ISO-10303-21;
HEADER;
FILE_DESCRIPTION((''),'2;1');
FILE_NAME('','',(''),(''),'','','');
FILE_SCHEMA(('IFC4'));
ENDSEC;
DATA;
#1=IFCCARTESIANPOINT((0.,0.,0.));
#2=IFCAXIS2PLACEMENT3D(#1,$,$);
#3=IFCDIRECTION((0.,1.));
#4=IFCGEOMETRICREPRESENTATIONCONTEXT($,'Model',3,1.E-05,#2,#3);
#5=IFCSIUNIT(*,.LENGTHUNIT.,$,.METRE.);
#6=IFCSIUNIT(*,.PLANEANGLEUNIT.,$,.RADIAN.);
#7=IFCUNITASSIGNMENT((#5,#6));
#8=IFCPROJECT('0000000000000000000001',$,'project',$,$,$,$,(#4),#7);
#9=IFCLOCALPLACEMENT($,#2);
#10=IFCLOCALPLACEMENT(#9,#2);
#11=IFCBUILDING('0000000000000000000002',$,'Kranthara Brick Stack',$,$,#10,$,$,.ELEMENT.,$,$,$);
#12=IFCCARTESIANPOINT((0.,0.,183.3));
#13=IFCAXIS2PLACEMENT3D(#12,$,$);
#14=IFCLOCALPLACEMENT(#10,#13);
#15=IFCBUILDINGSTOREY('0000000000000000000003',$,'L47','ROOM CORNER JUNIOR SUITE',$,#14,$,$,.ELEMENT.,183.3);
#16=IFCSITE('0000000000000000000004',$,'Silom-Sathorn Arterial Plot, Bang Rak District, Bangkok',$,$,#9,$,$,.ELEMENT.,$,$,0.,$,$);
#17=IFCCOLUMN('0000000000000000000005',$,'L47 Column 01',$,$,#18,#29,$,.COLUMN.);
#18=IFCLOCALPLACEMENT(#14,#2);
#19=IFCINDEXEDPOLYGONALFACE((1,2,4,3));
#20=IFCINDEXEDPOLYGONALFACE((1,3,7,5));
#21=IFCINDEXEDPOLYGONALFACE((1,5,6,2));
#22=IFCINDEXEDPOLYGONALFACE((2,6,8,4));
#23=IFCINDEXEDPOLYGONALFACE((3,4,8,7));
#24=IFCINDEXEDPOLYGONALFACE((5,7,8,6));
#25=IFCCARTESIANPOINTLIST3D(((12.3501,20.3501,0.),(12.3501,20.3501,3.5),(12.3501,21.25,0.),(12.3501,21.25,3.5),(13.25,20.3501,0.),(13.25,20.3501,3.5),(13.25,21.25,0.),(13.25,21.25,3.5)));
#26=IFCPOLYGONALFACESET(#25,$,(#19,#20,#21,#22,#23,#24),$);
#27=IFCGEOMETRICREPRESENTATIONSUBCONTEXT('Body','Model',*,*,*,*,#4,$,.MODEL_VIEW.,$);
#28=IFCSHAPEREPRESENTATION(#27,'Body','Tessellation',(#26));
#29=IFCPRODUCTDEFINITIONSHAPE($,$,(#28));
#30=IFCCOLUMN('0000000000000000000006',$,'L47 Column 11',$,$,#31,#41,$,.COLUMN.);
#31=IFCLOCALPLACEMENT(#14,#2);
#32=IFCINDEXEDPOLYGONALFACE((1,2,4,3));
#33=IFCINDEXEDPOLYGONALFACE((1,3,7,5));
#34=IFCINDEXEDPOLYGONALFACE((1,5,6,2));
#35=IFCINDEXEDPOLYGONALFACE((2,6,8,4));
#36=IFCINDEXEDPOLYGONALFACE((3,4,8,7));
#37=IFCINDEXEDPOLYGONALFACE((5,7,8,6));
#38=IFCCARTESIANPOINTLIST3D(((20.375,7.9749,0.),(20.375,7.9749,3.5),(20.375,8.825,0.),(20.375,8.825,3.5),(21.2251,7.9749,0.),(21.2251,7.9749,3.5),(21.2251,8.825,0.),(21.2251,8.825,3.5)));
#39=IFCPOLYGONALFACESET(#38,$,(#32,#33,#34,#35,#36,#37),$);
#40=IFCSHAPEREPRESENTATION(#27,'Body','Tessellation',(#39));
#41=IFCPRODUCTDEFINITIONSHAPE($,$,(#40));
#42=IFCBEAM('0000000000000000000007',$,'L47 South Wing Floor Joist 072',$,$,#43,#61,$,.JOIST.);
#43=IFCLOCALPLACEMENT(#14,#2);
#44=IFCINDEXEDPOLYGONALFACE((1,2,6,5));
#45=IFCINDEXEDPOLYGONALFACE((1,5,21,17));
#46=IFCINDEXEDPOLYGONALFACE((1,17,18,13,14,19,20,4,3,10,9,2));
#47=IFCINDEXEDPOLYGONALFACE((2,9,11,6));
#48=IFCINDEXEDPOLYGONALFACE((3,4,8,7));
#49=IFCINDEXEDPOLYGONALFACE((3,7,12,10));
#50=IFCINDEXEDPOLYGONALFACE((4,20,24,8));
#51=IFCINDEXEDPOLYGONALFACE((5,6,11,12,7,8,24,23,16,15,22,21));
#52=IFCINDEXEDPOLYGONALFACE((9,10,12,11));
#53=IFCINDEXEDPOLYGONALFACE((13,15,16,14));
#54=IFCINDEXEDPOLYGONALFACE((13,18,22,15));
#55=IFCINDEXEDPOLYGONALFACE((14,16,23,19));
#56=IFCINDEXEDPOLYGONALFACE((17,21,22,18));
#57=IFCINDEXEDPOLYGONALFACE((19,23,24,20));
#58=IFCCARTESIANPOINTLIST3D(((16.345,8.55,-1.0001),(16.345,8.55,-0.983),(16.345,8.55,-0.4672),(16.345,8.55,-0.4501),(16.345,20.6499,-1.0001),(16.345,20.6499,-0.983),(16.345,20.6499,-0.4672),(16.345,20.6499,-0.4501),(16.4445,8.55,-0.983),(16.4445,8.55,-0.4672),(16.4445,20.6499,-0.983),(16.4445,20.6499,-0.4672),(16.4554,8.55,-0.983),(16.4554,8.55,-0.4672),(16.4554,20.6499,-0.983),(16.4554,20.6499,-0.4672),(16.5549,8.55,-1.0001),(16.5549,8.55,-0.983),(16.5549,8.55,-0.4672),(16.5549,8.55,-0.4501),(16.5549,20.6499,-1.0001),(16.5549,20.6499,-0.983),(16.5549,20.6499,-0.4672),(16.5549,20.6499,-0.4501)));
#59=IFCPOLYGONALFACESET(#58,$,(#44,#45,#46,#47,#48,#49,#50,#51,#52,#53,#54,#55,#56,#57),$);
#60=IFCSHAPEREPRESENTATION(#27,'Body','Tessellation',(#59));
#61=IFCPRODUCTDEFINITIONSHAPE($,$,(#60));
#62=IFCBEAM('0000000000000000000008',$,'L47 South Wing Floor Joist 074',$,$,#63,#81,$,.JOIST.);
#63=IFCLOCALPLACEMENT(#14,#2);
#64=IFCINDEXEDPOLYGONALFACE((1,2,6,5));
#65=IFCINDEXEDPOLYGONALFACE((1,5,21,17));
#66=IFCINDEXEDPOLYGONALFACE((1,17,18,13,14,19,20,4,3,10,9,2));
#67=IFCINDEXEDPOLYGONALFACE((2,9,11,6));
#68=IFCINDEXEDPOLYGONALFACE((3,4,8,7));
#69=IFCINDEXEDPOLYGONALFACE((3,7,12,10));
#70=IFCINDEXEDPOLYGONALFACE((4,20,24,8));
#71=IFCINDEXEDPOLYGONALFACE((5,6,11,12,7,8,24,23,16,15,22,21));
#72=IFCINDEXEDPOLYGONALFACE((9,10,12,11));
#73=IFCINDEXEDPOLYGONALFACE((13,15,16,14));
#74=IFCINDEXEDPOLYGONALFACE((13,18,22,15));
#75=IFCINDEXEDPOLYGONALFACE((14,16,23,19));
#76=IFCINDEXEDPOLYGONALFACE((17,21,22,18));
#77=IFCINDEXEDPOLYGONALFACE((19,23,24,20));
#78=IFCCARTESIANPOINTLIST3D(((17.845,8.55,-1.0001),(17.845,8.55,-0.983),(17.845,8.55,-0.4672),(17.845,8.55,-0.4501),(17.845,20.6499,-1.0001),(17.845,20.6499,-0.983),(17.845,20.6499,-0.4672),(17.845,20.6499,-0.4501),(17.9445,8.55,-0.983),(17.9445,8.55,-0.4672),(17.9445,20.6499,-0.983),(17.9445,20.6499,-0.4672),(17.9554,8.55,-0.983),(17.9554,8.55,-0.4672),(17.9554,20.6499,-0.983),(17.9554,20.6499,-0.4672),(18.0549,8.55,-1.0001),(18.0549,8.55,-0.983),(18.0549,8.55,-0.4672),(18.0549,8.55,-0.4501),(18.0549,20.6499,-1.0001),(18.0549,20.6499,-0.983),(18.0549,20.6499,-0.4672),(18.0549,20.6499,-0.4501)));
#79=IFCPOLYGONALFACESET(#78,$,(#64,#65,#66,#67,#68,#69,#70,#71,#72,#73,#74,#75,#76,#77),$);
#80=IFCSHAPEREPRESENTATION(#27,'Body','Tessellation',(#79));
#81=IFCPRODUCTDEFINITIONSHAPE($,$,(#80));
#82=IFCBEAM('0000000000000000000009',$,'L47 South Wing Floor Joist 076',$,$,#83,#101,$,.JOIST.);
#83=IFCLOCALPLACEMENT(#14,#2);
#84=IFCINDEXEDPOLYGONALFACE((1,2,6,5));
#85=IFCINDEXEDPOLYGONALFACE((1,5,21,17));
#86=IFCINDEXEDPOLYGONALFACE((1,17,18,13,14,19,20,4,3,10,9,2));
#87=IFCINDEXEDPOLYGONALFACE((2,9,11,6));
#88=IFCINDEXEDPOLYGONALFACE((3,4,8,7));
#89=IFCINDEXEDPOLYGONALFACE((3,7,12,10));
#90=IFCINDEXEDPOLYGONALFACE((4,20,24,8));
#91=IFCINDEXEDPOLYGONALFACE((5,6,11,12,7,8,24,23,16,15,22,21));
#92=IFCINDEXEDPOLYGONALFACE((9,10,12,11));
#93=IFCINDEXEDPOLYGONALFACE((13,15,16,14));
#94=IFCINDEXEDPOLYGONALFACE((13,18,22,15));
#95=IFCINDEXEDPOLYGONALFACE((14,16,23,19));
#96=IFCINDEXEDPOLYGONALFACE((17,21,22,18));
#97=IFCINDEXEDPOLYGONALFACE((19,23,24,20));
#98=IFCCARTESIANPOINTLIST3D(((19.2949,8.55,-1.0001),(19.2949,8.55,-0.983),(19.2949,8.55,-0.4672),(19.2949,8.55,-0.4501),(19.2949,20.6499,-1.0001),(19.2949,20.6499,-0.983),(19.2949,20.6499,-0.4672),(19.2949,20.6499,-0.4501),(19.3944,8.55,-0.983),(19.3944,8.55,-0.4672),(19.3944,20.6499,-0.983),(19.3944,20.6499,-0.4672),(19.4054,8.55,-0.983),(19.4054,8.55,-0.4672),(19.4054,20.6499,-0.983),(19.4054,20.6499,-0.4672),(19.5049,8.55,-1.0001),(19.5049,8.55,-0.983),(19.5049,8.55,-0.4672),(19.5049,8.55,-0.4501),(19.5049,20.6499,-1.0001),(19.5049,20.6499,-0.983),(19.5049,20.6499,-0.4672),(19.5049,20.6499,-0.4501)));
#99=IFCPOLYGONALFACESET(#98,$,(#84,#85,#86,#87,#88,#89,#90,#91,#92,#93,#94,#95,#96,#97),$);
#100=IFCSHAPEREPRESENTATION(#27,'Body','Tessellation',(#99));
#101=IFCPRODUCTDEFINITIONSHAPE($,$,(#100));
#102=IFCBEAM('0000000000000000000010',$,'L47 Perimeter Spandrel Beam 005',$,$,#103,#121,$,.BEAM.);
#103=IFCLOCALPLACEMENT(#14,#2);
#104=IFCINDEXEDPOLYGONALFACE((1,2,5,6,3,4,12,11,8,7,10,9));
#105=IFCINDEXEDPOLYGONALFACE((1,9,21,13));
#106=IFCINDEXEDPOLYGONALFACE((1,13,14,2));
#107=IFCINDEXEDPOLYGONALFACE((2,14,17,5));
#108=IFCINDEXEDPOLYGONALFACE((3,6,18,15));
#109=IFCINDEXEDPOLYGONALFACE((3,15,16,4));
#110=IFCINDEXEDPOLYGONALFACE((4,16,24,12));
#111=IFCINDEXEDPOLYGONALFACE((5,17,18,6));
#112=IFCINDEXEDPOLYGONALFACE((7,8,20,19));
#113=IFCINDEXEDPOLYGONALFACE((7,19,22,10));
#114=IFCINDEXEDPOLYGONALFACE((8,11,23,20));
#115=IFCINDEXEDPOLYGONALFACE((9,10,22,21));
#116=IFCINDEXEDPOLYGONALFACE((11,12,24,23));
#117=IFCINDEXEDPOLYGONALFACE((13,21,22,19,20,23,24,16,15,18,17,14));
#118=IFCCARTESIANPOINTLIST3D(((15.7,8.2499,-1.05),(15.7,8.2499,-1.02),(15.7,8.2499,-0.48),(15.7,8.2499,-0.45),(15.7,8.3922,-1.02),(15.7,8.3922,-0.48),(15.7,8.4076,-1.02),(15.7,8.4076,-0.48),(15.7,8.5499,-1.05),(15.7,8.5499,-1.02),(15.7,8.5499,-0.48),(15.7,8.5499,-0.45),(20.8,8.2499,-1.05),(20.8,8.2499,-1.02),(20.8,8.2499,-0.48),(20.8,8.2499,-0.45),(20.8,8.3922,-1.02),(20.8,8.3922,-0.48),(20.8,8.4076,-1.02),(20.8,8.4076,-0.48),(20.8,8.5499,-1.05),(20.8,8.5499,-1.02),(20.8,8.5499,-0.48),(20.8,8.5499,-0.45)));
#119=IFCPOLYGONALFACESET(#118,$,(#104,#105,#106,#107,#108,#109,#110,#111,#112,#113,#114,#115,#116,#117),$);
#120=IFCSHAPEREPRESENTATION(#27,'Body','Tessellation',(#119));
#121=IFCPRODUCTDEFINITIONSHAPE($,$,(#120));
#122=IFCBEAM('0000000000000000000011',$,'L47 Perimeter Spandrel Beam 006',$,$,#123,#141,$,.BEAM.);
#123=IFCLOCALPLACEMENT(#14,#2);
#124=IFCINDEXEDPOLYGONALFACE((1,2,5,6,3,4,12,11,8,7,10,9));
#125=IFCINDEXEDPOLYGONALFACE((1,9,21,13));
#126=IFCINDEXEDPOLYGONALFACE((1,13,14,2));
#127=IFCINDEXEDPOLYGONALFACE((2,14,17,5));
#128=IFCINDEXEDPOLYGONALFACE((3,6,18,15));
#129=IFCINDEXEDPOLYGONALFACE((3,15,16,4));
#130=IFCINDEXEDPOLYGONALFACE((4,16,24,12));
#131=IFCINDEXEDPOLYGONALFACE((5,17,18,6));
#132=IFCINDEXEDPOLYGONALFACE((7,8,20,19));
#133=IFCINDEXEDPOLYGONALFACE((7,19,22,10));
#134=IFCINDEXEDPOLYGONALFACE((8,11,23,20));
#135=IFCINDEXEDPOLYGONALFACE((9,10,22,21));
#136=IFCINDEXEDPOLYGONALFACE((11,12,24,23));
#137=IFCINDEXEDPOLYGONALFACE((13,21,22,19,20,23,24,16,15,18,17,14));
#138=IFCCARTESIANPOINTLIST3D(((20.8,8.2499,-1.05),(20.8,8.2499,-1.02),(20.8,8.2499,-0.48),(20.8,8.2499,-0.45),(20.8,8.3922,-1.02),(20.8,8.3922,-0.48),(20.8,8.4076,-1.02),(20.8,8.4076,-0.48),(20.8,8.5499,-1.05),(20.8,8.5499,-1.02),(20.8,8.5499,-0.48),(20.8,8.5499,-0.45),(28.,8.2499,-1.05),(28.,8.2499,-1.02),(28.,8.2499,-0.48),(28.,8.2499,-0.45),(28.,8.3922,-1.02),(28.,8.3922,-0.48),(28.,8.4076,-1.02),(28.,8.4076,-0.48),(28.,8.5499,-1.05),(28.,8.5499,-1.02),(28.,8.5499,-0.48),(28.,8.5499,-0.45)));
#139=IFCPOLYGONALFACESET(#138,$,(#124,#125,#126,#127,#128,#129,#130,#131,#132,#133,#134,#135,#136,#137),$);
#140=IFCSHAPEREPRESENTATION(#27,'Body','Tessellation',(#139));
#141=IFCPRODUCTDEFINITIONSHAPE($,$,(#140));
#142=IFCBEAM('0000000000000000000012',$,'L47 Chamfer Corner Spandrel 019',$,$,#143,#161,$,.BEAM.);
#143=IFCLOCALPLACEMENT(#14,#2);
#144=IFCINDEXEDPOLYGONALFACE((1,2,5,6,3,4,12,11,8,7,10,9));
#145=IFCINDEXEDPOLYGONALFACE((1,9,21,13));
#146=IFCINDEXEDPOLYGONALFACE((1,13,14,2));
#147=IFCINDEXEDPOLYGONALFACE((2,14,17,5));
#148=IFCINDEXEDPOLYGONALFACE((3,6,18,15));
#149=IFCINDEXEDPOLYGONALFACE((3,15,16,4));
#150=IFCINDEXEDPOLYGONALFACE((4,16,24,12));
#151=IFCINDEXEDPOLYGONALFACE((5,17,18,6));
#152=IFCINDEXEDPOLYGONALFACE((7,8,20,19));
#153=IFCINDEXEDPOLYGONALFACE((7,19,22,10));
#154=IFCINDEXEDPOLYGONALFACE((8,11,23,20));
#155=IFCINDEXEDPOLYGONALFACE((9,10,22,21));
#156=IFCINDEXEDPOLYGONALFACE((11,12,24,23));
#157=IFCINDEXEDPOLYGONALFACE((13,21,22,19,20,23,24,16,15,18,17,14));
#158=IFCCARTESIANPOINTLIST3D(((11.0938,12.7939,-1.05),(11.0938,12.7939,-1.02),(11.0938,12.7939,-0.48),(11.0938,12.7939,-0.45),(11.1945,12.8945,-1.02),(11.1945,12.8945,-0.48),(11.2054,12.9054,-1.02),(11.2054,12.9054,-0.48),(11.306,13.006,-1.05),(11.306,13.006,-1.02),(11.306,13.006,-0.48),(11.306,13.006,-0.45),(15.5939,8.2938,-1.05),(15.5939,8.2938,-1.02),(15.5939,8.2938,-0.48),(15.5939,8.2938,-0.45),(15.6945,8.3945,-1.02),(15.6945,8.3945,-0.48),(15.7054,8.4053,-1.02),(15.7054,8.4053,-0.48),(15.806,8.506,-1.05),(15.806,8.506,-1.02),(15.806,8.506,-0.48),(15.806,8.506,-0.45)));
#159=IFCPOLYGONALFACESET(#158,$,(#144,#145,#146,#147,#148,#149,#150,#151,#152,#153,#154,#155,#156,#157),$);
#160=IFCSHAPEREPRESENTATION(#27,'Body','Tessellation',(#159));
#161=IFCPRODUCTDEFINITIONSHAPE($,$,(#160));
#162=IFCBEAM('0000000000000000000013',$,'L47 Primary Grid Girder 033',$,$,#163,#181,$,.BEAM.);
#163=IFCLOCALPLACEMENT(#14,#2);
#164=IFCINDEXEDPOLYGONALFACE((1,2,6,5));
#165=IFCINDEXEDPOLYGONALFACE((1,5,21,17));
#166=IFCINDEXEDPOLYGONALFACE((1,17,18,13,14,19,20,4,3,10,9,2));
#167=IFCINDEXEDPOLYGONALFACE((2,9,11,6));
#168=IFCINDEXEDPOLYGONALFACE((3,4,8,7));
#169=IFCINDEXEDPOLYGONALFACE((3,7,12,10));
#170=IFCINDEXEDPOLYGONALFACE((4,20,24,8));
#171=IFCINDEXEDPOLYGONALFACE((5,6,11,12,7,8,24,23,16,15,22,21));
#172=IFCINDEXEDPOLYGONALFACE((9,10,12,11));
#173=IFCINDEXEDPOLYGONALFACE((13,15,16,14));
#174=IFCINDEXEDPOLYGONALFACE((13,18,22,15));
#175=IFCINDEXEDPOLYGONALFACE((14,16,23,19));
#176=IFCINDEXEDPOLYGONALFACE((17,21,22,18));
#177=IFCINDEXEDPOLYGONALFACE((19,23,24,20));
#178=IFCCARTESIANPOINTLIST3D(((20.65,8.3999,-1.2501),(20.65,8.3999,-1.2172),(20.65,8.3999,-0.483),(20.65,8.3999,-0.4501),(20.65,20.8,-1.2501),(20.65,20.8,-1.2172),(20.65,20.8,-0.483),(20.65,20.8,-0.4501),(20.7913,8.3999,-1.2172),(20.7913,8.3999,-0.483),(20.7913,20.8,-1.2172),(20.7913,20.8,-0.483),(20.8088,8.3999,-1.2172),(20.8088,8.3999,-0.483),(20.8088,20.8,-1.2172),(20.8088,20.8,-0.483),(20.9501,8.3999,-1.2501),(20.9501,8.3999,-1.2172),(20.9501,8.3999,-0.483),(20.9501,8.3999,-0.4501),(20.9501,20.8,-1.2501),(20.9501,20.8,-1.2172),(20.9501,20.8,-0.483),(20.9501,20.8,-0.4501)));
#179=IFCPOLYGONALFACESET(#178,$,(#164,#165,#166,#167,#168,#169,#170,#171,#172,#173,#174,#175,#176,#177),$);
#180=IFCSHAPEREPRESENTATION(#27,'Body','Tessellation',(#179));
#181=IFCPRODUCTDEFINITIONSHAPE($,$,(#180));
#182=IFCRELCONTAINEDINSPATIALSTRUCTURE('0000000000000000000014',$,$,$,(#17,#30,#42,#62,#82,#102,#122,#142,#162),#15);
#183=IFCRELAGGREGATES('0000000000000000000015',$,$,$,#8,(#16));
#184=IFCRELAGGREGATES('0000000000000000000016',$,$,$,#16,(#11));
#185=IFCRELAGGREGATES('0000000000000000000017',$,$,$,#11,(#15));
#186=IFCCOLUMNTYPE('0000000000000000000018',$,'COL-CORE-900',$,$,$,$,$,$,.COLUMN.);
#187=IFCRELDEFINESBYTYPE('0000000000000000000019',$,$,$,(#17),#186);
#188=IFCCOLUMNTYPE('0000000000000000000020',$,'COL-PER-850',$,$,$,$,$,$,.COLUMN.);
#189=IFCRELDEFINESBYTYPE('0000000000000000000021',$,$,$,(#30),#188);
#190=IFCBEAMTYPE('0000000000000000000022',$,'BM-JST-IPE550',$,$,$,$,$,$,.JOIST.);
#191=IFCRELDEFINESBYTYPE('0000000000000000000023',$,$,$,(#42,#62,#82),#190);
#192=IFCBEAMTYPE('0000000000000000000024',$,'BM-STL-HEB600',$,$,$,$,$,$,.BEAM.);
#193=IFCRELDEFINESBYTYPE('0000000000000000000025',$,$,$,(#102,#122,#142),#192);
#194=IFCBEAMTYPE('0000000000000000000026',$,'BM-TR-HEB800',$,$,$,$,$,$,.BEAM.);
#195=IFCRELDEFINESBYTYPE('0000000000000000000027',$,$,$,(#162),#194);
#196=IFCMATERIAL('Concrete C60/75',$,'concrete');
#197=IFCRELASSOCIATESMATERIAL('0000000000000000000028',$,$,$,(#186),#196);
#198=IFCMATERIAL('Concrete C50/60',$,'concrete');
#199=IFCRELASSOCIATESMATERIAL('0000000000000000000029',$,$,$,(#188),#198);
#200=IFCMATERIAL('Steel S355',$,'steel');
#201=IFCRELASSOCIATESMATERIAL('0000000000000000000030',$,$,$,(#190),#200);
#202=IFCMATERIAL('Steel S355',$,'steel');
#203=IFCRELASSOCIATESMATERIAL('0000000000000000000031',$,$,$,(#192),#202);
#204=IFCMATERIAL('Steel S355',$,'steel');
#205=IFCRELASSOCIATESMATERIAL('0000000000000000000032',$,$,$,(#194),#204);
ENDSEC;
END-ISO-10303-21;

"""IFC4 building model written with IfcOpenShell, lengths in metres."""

from ifc_helpers import new_model, si_unit, direction, frame, origin, origin_2d, place, context, subcontext, project, spatial, rectangle, i_section, extrude, material, material_profile, profile_set, type_object, element, save


model = new_model("IFC4")

# Units and contexts
model_context = context("Model", 3, precision=1e-05, world=origin(), true_north=direction((0.0, 1.0)))
body_context = subcontext(model_context, "Body", "Model", "MODEL_VIEW")
ifc_project = project(units=[si_unit("LENGTHUNIT", "METRE"), si_unit("PLANEANGLEUNIT", "RADIAN")], contexts=[model_context])

# Site, building, storey
site_placement = place(None, origin())
site = spatial("IfcSite", under=ifc_project, at=site_placement, Name="Silom-Sathorn Arterial Plot, Bang Rak District, Bangkok", CompositionType="ELEMENT", RefElevation=0.0)
building_placement = place(site_placement, origin())
building = spatial("IfcBuilding", under=site, at=building_placement, Name="Kranthara Brick Stack", CompositionType="ELEMENT")
storey_placement = place(building_placement, frame((0.0, 0.0, 183.3)))
storey = spatial("IfcBuildingStorey", under=building, at=storey_placement, Name="L47", Description="ROOM CORNER JUNIOR SUITE", CompositionType="ELEMENT", Elevation=183.3)

# Columns
ifc_material_1 = material(Name="Concrete C60/75", Category="concrete")
ifc_material_profile_1 = material_profile(ifc_material_1, rectangle(XDim=0.8999, YDim=0.8999, at=origin_2d()), Name="RC 900x900")
ifc_profile_set_1 = profile_set([ifc_material_profile_1], Name="Concrete C60/75")
column_type_1 = type_object("IfcColumnType", Name="COL-CORE-900", PredefinedType="COLUMN", material=ifc_profile_set_1)
column_1_placement = place(storey_placement, frame((12.8, 20.8, 0.0), z_axis=(0.0, 0.0, 1.0), x_axis=(1.0, 0.0, 0.0)))
element("IfcColumn", 1, at=column_1_placement, inside=storey, type_object=column_type_1, Name="L47 Column 01", PredefinedType="COLUMN", context=body_context, shape_type="SweptSolid", body=[
    extrude(rectangle(XDim=0.8999, YDim=0.8999, at=origin_2d()), origin(), (0.0, 0.0, 1.0), 3.5),
])
ifc_material_2 = material(Name="Concrete C50/60", Category="concrete")
ifc_material_profile_2 = material_profile(ifc_material_2, rectangle(XDim=0.8501, YDim=0.8501, at=origin_2d()), Name="RC 850x850")
ifc_profile_set_2 = profile_set([ifc_material_profile_2], Name="Concrete C50/60")
column_type_2 = type_object("IfcColumnType", Name="COL-PER-850", PredefinedType="COLUMN", material=ifc_profile_set_2)
column_2_placement = place(storey_placement, frame((20.8, 8.3999, 0.0), z_axis=(0.0, 0.0, 1.0), x_axis=(1.0, 0.0, 0.0)))
element("IfcColumn", 2, at=column_2_placement, inside=storey, type_object=column_type_2, Name="L47 Column 11", PredefinedType="COLUMN", context=body_context, shape_type="SweptSolid", body=[
    extrude(rectangle(XDim=0.8501, YDim=0.8501, at=origin_2d()), origin(), (0.0, 0.0, 1.0), 3.5),
])

# Beams
ifc_material_3 = material(Name="Steel S355", Category="steel")
ifc_material_profile_3 = material_profile(ifc_material_3, i_section(OverallWidth=0.21, OverallDepth=0.55, WebThickness=0.011, FlangeThickness=0.0171, at=origin_2d()), Name="IPE 550")
ifc_profile_set_3 = profile_set([ifc_material_profile_3], Name="Steel S355")
beam_type_1 = type_object("IfcBeamType", Name="BM-JST-IPE550", PredefinedType="JOIST", material=ifc_profile_set_3)
for number, where, z_axis, x_axis, name in (
    (3, (16.45, 8.55, -0.7251), (0.0, 1.0, 0.0), (-1.0, 0.0, 0.0), "L47 South Wing Floor Joist 072"),
    (4, (17.95, 8.55, -0.7251), (0.0, 1.0, 0.0), (-1.0, 0.0, 0.0), "L47 South Wing Floor Joist 074"),
    (5, (19.3999, 8.55, -0.7251), (0.0, 1.0, 0.0), (-1.0, 0.0, 0.0), "L47 South Wing Floor Joist 076"),
):
    element("IfcBeam", number, at=place(storey_placement, frame(where, z_axis=z_axis, x_axis=x_axis)), inside=storey, type_object=beam_type_1, Name=name, PredefinedType="JOIST", context=body_context, shape_type="SweptSolid", body=[
        extrude(i_section(OverallWidth=0.21, OverallDepth=0.55, WebThickness=0.011, FlangeThickness=0.0171, at=origin_2d()), origin(), (0.0, 0.0, 1.0), 12.0999),
    ])
ifc_material_4 = material(Name="Steel S355", Category="steel")
ifc_material_profile_4 = material_profile(ifc_material_4, i_section(OverallWidth=0.3, OverallDepth=0.6001, WebThickness=0.0154, FlangeThickness=0.03, at=origin_2d()), Name="HEB 600")
ifc_profile_set_4 = profile_set([ifc_material_profile_4], Name="Steel S355")
beam_type_2 = type_object("IfcBeamType", Name="BM-STL-HEB600", PredefinedType="BEAM", material=ifc_profile_set_4)
beam_1_placement = place(storey_placement, frame((15.7, 8.3999, -0.75), z_axis=(1.0, 0.0, 0.0), x_axis=(0.0, 1.0, 0.0)))
element("IfcBeam", 6, at=beam_1_placement, inside=storey, type_object=beam_type_2, Name="L47 Perimeter Spandrel Beam 005", PredefinedType="BEAM", context=body_context, shape_type="SweptSolid", body=[
    extrude(i_section(OverallWidth=0.3, OverallDepth=0.6001, WebThickness=0.0154, FlangeThickness=0.03, at=origin_2d()), origin(), (0.0, 0.0, 1.0), 5.1001),
])
beam_2_placement = place(storey_placement, frame((20.8, 8.3999, -0.75), z_axis=(1.0, 0.0, 0.0), x_axis=(0.0, 1.0, 0.0)))
element("IfcBeam", 7, at=beam_2_placement, inside=storey, type_object=beam_type_2, Name="L47 Perimeter Spandrel Beam 006", PredefinedType="BEAM", context=body_context, shape_type="SweptSolid", body=[
    extrude(i_section(OverallWidth=0.3, OverallDepth=0.6001, WebThickness=0.0154, FlangeThickness=0.03, at=origin_2d()), origin(), (0.0, 0.0, 1.0), 7.2),
])
beam_3_placement = place(storey_placement, frame((15.7, 8.3999, -0.75), z_axis=(-0.707107, 0.707107, 0.0), x_axis=(-0.707107, -0.707107, 0.0)))
element("IfcBeam", 8, at=beam_3_placement, inside=storey, type_object=beam_type_2, Name="L47 Chamfer Corner Spandrel 019", PredefinedType="BEAM", context=body_context, shape_type="SweptSolid", body=[
    extrude(i_section(OverallWidth=0.3, OverallDepth=0.6001, WebThickness=0.0154, FlangeThickness=0.03, at=origin_2d()), origin(), (0.0, 0.0, 1.0), 6.364),
])
ifc_material_5 = material(Name="Steel S355", Category="steel")
ifc_material_profile_5 = material_profile(ifc_material_5, i_section(OverallWidth=0.3, OverallDepth=0.8, WebThickness=0.0176, FlangeThickness=0.033, at=origin_2d()), Name="HEB 800")
ifc_profile_set_5 = profile_set([ifc_material_profile_5], Name="Steel S355")
beam_type_3 = type_object("IfcBeamType", Name="BM-TR-HEB800", PredefinedType="BEAM", material=ifc_profile_set_5)
beam_4_placement = place(storey_placement, frame((20.8, 8.3999, -0.8501), z_axis=(0.0, 1.0, 0.0), x_axis=(-1.0, 0.0, 0.0)))
element("IfcBeam", 9, at=beam_4_placement, inside=storey, type_object=beam_type_3, Name="L47 Primary Grid Girder 033", PredefinedType="BEAM", context=body_context, shape_type="SweptSolid", body=[
    extrude(i_section(OverallWidth=0.3, OverallDepth=0.8, WebThickness=0.0176, FlangeThickness=0.033, at=origin_2d()), origin(), (0.0, 0.0, 1.0), 12.4001),
])

save(model, "model.ifc")
